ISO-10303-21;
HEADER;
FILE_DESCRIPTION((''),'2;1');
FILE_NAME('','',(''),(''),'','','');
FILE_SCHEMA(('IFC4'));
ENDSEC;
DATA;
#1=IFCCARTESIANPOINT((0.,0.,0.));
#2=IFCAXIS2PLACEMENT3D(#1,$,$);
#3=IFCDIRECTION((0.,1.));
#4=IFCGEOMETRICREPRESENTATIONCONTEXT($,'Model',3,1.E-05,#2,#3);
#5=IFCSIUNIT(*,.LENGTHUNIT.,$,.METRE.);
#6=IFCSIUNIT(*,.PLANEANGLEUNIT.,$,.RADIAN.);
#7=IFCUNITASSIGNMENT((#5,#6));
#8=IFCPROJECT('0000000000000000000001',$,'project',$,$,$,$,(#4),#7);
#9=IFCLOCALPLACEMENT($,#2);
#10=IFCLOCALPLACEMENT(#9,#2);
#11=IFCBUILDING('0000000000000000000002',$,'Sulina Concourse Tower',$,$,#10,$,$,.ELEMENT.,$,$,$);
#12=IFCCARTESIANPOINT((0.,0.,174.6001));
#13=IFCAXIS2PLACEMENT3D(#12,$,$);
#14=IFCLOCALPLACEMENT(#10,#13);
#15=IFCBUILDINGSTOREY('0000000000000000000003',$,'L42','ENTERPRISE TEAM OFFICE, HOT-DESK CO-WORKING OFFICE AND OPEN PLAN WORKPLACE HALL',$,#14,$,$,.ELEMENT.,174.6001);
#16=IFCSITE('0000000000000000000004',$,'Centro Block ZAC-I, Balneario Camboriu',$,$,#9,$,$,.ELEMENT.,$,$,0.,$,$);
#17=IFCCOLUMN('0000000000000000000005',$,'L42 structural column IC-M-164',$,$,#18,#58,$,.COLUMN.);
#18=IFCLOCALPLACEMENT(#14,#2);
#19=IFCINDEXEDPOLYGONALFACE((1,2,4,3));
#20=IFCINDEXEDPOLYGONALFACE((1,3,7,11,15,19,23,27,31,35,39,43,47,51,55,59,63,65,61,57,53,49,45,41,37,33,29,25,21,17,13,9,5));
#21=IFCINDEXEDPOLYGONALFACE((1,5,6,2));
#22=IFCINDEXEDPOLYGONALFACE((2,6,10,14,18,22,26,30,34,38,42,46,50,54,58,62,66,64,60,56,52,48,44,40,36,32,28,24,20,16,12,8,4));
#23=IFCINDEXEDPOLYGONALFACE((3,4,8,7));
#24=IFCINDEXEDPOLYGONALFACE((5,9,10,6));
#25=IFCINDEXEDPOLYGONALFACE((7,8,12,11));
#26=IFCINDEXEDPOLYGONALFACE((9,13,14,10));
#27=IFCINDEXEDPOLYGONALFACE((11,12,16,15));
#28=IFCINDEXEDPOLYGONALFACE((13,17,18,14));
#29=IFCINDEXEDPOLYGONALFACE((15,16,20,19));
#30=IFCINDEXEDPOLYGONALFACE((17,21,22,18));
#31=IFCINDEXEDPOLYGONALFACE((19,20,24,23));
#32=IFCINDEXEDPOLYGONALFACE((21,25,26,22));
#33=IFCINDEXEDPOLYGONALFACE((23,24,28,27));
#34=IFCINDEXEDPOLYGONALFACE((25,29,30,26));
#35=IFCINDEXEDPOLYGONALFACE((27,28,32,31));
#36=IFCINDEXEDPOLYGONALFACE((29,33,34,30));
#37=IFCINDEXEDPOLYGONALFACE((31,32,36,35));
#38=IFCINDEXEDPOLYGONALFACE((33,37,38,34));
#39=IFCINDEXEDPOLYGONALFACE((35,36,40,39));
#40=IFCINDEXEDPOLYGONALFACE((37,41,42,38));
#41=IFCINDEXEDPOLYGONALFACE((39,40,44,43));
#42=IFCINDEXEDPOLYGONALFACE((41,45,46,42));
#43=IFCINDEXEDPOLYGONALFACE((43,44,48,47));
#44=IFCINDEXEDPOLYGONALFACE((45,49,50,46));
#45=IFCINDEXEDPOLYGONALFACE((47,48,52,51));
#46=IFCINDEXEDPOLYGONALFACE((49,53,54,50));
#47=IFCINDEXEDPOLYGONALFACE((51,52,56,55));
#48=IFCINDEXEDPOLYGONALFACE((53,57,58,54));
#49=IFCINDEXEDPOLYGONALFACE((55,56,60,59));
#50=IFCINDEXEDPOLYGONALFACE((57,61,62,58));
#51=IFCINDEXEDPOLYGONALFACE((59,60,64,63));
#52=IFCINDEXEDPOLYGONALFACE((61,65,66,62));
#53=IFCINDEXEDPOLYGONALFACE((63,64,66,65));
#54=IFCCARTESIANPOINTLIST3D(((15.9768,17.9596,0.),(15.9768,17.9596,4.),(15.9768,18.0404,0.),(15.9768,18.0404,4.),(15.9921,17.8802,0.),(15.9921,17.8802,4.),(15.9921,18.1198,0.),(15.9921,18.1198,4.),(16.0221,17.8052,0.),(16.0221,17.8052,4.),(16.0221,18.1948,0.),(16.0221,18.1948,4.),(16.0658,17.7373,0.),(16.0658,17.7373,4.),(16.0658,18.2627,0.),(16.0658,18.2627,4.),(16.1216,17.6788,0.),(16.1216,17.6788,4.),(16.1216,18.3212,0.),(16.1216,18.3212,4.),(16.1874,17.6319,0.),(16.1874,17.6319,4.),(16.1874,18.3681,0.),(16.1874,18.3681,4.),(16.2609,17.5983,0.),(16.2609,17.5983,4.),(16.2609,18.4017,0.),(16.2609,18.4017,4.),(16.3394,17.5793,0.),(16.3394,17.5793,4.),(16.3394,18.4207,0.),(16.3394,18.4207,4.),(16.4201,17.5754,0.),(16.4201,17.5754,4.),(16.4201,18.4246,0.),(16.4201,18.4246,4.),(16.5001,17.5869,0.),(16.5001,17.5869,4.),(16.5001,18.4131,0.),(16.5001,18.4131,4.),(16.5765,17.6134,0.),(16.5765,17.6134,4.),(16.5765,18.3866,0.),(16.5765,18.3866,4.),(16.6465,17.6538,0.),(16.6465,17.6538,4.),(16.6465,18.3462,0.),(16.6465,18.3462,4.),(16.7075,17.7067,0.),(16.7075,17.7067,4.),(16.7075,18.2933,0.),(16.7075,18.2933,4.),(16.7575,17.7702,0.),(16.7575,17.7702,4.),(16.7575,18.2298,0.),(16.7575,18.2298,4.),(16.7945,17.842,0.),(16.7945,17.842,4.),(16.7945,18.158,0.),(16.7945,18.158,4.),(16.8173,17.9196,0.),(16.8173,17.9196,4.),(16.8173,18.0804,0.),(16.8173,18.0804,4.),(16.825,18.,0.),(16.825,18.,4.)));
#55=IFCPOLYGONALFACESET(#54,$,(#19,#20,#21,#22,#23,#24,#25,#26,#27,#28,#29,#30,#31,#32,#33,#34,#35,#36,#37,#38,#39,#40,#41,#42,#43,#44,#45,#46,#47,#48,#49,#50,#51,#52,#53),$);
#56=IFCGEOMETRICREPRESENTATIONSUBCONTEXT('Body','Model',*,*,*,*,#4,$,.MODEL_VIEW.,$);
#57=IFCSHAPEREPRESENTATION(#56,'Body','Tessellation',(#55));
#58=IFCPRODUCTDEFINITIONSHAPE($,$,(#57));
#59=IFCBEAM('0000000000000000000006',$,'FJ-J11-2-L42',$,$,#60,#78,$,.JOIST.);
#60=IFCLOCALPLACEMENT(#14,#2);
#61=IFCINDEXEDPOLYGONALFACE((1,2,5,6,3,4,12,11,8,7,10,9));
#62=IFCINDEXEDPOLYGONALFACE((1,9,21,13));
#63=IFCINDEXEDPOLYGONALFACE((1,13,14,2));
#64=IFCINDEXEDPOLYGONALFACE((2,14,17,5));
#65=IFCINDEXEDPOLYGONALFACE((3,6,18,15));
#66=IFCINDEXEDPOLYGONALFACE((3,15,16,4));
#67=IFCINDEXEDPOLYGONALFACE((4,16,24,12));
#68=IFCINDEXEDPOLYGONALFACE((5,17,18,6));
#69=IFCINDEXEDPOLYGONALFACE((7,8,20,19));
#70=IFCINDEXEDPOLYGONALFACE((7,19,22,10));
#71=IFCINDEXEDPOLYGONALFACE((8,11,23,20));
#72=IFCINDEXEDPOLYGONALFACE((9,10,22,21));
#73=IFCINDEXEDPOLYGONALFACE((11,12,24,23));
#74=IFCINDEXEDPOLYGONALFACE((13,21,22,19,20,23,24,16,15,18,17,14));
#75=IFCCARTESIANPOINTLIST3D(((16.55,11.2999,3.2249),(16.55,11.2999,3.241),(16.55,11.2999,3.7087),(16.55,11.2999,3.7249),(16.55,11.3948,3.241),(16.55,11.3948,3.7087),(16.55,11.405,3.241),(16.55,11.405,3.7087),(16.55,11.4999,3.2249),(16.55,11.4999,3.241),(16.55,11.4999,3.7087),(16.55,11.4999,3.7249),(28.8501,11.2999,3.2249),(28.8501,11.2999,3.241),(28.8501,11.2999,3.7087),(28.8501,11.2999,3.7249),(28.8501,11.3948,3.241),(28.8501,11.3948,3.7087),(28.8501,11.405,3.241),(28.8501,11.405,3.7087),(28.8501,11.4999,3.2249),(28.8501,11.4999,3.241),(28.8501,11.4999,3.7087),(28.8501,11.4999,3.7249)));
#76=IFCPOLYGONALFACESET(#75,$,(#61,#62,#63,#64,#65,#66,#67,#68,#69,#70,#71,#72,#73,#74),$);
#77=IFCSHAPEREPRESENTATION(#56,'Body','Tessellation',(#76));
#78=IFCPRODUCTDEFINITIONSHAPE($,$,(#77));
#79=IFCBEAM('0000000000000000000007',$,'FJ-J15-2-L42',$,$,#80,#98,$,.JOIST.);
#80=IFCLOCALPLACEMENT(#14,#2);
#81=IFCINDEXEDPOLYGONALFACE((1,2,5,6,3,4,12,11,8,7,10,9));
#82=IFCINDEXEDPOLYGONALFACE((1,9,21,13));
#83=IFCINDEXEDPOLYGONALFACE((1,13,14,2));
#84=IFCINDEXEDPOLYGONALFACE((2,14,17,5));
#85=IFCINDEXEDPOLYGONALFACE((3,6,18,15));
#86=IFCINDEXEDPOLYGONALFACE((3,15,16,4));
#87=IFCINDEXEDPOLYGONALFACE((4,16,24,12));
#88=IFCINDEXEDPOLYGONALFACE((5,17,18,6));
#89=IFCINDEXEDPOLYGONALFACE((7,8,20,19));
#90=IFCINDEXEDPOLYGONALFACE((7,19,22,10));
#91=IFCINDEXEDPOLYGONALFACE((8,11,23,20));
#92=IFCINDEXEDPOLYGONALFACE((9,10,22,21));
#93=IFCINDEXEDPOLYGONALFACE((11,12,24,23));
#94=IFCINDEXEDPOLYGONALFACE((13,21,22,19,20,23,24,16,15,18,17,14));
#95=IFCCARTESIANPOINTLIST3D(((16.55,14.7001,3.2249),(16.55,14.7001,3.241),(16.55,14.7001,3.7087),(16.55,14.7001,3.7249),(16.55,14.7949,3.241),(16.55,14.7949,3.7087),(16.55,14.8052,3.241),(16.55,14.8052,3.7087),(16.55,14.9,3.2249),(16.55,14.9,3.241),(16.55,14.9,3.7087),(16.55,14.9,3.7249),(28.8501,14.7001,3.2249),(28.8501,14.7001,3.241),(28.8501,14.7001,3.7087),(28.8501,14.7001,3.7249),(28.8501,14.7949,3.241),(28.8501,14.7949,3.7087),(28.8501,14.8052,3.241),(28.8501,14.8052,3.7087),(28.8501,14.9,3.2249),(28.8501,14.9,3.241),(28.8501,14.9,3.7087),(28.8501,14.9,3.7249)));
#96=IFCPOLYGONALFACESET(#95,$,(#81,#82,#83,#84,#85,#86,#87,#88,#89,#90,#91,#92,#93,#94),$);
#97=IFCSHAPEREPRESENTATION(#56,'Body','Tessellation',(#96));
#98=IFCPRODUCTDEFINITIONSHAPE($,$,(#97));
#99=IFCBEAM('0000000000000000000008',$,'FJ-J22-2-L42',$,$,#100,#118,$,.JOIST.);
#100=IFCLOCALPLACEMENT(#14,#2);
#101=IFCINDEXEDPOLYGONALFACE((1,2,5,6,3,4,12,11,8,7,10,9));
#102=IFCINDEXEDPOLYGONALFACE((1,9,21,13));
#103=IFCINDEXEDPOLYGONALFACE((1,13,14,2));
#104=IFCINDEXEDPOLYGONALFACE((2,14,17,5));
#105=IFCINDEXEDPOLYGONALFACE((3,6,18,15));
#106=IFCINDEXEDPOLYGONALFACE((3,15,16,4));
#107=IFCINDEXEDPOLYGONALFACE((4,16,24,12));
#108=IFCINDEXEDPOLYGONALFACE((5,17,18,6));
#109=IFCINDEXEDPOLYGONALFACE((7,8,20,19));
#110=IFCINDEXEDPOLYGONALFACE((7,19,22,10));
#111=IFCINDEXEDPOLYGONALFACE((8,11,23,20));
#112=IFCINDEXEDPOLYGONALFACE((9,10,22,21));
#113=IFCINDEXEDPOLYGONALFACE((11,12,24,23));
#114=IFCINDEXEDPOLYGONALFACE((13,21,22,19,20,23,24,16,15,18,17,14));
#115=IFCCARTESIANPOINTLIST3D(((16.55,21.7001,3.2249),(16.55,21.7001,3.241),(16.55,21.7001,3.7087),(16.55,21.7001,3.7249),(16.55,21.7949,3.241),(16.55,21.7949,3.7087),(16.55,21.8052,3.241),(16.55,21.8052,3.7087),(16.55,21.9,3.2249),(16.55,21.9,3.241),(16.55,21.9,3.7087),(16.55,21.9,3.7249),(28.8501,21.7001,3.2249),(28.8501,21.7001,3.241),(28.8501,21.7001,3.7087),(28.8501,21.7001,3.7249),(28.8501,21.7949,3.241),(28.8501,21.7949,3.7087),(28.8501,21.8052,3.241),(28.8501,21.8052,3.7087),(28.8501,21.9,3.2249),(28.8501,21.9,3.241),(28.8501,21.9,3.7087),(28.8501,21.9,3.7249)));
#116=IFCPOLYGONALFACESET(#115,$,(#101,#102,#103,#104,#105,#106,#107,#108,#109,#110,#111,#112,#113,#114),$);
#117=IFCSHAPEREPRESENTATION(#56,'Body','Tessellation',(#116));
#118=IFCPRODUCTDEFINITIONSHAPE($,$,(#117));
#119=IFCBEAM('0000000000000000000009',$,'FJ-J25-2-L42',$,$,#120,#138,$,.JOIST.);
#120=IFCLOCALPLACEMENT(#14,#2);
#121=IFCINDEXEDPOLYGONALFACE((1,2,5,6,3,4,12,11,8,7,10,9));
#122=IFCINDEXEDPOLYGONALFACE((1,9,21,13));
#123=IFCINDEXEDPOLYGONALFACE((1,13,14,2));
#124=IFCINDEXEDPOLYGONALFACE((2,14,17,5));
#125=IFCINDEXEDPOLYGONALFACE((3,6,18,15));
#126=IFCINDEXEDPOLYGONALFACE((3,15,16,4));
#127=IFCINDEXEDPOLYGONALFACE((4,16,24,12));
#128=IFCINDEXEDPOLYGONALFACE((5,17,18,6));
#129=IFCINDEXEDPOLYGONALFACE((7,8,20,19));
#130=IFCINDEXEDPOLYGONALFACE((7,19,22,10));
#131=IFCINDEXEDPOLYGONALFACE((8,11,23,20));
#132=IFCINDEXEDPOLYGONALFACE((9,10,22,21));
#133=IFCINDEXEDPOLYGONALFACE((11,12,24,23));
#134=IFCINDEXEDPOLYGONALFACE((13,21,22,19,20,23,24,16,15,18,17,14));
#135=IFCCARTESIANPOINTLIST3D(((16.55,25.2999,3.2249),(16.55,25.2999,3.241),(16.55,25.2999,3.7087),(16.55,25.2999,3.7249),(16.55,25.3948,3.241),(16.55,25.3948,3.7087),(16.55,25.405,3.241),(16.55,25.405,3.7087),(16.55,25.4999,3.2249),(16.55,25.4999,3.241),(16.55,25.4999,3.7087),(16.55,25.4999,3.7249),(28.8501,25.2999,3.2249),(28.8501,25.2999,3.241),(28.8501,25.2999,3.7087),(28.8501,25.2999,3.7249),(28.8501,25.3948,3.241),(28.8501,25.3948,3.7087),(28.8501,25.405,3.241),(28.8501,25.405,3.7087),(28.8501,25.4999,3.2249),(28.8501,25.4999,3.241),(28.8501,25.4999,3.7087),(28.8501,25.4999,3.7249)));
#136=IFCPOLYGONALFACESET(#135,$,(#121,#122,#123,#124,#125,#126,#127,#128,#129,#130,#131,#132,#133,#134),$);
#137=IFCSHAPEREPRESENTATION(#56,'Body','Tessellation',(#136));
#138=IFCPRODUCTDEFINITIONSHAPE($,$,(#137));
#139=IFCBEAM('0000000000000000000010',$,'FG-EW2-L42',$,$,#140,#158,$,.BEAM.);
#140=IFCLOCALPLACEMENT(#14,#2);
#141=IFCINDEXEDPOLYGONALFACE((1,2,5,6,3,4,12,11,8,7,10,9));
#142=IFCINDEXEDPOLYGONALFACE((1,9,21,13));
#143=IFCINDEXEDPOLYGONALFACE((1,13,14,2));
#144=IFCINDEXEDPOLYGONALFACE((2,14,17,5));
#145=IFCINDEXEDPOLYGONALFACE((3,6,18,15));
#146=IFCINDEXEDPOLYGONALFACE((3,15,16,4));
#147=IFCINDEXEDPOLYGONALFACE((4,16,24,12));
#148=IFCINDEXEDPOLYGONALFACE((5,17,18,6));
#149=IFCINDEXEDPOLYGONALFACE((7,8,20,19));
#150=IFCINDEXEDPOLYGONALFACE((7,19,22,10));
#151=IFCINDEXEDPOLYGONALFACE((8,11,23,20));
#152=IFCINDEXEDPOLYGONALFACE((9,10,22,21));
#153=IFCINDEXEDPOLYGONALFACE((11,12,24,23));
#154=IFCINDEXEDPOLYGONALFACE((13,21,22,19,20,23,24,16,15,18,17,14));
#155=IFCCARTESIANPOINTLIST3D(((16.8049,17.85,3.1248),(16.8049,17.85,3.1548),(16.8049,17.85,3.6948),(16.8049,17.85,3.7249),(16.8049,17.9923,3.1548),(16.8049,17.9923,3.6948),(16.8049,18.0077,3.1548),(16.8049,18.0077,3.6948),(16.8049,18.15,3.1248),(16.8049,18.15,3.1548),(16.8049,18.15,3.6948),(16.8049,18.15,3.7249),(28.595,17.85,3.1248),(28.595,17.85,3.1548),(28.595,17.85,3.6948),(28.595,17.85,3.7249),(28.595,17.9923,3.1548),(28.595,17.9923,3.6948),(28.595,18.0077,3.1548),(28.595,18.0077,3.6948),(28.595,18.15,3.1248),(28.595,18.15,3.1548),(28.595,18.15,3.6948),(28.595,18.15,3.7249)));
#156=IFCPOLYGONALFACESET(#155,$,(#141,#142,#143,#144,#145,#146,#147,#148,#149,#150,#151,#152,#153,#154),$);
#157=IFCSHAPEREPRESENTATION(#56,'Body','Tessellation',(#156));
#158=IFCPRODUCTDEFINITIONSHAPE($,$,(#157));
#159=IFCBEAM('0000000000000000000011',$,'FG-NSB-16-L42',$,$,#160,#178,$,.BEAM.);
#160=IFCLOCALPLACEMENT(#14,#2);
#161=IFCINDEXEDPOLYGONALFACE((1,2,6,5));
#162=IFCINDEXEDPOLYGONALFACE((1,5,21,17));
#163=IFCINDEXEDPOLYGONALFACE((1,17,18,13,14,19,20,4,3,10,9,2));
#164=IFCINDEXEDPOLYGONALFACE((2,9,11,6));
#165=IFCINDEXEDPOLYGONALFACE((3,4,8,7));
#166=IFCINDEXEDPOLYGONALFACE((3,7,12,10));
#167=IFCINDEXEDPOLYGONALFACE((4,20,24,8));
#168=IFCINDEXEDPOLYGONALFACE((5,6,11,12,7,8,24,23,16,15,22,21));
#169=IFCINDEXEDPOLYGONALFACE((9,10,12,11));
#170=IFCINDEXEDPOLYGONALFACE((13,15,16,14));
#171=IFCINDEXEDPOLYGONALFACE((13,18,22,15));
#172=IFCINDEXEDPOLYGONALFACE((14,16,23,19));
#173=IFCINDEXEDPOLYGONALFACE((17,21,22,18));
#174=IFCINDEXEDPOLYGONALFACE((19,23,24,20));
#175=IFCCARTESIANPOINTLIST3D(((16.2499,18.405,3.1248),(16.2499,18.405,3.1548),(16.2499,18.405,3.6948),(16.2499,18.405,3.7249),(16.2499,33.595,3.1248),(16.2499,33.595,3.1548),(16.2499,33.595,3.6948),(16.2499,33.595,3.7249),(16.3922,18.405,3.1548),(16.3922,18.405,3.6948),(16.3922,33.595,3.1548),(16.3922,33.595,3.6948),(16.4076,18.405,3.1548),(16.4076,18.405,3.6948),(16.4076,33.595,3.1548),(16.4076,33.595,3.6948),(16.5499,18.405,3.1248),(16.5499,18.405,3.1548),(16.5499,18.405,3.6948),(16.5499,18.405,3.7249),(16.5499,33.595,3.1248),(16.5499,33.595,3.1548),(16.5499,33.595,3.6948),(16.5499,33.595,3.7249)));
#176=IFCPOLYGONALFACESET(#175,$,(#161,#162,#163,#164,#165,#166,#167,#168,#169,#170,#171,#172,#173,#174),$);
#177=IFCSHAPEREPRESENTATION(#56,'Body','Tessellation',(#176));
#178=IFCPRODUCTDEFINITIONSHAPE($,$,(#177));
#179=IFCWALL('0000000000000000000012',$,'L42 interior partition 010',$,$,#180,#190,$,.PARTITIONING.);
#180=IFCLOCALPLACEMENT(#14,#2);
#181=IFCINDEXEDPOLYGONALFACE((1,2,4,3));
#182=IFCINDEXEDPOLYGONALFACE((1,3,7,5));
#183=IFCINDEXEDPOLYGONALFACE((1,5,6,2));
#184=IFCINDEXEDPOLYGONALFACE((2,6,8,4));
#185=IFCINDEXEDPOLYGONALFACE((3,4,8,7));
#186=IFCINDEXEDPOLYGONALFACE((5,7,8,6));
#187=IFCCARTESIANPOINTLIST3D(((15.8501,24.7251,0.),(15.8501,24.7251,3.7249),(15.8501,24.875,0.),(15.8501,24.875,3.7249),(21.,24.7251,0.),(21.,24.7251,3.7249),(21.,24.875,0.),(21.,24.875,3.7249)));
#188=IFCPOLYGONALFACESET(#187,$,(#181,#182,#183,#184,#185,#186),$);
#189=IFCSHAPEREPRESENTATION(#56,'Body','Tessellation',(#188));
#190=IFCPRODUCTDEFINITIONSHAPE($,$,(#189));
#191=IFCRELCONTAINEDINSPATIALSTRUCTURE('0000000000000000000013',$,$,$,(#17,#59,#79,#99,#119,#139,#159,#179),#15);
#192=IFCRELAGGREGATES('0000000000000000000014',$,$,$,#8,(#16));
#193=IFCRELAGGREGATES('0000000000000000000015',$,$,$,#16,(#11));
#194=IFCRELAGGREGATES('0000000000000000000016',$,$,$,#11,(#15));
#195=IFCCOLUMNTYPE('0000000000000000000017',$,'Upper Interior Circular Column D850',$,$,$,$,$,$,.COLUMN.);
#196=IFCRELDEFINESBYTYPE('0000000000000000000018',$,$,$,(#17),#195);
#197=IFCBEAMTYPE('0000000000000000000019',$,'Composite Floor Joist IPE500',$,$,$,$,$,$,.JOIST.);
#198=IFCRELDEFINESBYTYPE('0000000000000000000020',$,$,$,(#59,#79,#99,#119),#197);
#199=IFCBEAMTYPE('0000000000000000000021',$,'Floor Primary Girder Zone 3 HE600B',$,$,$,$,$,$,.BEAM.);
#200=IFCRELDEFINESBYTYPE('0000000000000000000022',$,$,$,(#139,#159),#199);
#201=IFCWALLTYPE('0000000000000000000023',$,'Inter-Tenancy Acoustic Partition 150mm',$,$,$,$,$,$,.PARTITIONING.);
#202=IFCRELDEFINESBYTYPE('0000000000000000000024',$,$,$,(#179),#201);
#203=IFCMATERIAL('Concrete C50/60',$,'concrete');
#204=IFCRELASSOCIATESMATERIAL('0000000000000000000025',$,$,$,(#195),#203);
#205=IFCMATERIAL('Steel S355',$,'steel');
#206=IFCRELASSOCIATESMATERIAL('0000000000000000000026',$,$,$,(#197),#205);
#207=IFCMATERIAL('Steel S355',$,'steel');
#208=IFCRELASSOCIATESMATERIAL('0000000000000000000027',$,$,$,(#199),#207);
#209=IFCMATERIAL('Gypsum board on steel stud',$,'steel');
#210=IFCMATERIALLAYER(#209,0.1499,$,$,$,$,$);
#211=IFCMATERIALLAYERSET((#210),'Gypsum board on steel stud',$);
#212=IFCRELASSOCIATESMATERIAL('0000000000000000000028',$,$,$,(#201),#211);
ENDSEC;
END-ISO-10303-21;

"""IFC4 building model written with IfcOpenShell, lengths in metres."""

from ifc_helpers import new_model, si_unit, direction, frame, frame_2d, origin, origin_2d, place, context, subcontext, project, spatial, rectangle, circle, i_section, extrude, material, layer, layer_set, material_profile, profile_set, type_object, element, save


model = new_model("IFC4")

# Units and contexts
model_context = context("Model", 3, precision=1e-05, world=origin(), true_north=direction((0.0, 1.0)))
body_context = subcontext(model_context, "Body", "Model", "MODEL_VIEW")
ifc_project = project(units=[si_unit("LENGTHUNIT", "METRE"), si_unit("PLANEANGLEUNIT", "RADIAN")], contexts=[model_context])

# Site, building, storey
site_placement = place(None, origin())
site = spatial("IfcSite", under=ifc_project, at=site_placement, Name="Centro Block ZAC-I, Balneario Camboriu", CompositionType="ELEMENT", RefElevation=0.0)
building_placement = place(site_placement, origin())
building = spatial("IfcBuilding", under=site, at=building_placement, Name="Sulina Concourse Tower", CompositionType="ELEMENT")
storey_placement = place(building_placement, frame((0.0, 0.0, 174.6001)))
storey = spatial("IfcBuildingStorey", under=building, at=storey_placement, Name="L42", Description="ENTERPRISE TEAM OFFICE, HOT-DESK CO-WORKING OFFICE AND OPEN PLAN WORKPLACE HALL", CompositionType="ELEMENT", Elevation=174.6001)

# Column
ifc_material_1 = material(Name="Concrete C50/60", Category="concrete")
ifc_material_profile_1 = material_profile(ifc_material_1, circle(Radius=0.425, at=origin_2d()), Name="RC D850")
ifc_profile_set_1 = profile_set([ifc_material_profile_1], Name="Concrete C50/60")
column_type = type_object("IfcColumnType", Name="Upper Interior Circular Column D850", PredefinedType="COLUMN", material=ifc_profile_set_1)
column_placement = place(storey_placement, frame((16.3999, 18.0, 0.0), z_axis=(0.0, 0.0, 1.0), x_axis=(1.0, 0.0, 0.0)))
element("IfcColumn", 1, at=column_placement, inside=storey, type_object=column_type, Name="L42 structural column IC-M-164", PredefinedType="COLUMN", context=body_context, shape_type="SweptSolid", body=[
    extrude(circle(Radius=0.425, at=origin_2d()), origin(), (0.0, 0.0, 1.0), 4.0),
])

# Beams
ifc_material_2 = material(Name="Steel S355", Category="steel")
ifc_material_profile_2 = material_profile(ifc_material_2, i_section(OverallWidth=0.2, OverallDepth=0.5, WebThickness=0.0103, FlangeThickness=0.0161, at=origin_2d()), Name="IPE 500")
ifc_profile_set_2 = profile_set([ifc_material_profile_2], Name="Steel S355")
beam_type_1 = type_object("IfcBeamType", Name="Composite Floor Joist IPE500", PredefinedType="JOIST", material=ifc_profile_set_2)
for number, where, z_axis, x_axis, name in (
    (2, (16.55, 11.3999, 3.4749), (1.0, 0.0, 0.0), (0.0, 1.0, 0.0), "FJ-J11-2-L42"),
    (3, (16.55, 14.8, 3.4749), (1.0, 0.0, 0.0), (0.0, 1.0, 0.0), "FJ-J15-2-L42"),
    (4, (16.55, 21.8, 3.4749), (1.0, 0.0, 0.0), (0.0, 1.0, 0.0), "FJ-J22-2-L42"),
    (5, (16.55, 25.3999, 3.4749), (1.0, 0.0, 0.0), (0.0, 1.0, 0.0), "FJ-J25-2-L42"),
):
    element("IfcBeam", number, at=place(storey_placement, frame(where, z_axis=z_axis, x_axis=x_axis)), inside=storey, type_object=beam_type_1, Name=name, PredefinedType="JOIST", context=body_context, shape_type="SweptSolid", body=[
        extrude(i_section(OverallWidth=0.2, OverallDepth=0.5, WebThickness=0.0103, FlangeThickness=0.0161, at=origin_2d()), origin(), (0.0, 0.0, 1.0), 12.3),
    ])
ifc_material_3 = material(Name="Steel S355", Category="steel")
ifc_material_profile_3 = material_profile(ifc_material_3, i_section(OverallWidth=0.3, OverallDepth=0.6001, WebThickness=0.0154, FlangeThickness=0.03, at=origin_2d()), Name="HE 600 B")
ifc_profile_set_3 = profile_set([ifc_material_profile_3], Name="Steel S355")
beam_type_2 = type_object("IfcBeamType", Name="Floor Primary Girder Zone 3 HE600B", PredefinedType="BEAM", material=ifc_profile_set_3)
beam_1_placement = place(storey_placement, frame((16.8049, 18.0, 3.4248), z_axis=(1.0, 0.0, 0.0), x_axis=(0.0, 1.0, 0.0)))
element("IfcBeam", 6, at=beam_1_placement, inside=storey, type_object=beam_type_2, Name="FG-EW2-L42", PredefinedType="BEAM", context=body_context, shape_type="SweptSolid", body=[
    extrude(i_section(OverallWidth=0.3, OverallDepth=0.6001, WebThickness=0.0154, FlangeThickness=0.03, at=origin_2d()), origin(), (0.0, 0.0, 1.0), 11.79),
])
beam_2_placement = place(storey_placement, frame((16.3999, 18.405, 3.4248), z_axis=(0.0, 1.0, 0.0), x_axis=(-1.0, 0.0, 0.0)))
element("IfcBeam", 7, at=beam_2_placement, inside=storey, type_object=beam_type_2, Name="FG-NSB-16-L42", PredefinedType="BEAM", context=body_context, shape_type="SweptSolid", body=[
    extrude(i_section(OverallWidth=0.3, OverallDepth=0.6001, WebThickness=0.0154, FlangeThickness=0.03, at=origin_2d()), origin(), (0.0, 0.0, 1.0), 15.1899),
])

# Wall
ifc_material_4 = material(Name="Gypsum board on steel stud", Category="steel")
ifc_layer_1 = layer(ifc_material_4, 0.1499)
ifc_layer_set_1 = layer_set([ifc_layer_1], Name="Gypsum board on steel stud")
wall_type_1 = type_object("IfcWallType", Name="Inter-Tenancy Acoustic Partition 150mm", PredefinedType="PARTITIONING", material=ifc_layer_set_1)
wall_1_placement = place(storey_placement, frame((15.8501, 24.8, 0.0), z_axis=(0.0, 0.0, 1.0), x_axis=(1.0, 0.0, 0.0)))
element("IfcWall", 8, at=wall_1_placement, inside=storey, type_object=wall_type_1, Name="L42 interior partition 010", PredefinedType="PARTITIONING", context=body_context, shape_type="SweptSolid", body=[
    extrude(rectangle(XDim=5.1499, YDim=0.1499, at=frame_2d((2.575, 0.0))), origin(), (0.0, 0.0, 1.0), 3.7249),
])

save(model, "model.ifc")
